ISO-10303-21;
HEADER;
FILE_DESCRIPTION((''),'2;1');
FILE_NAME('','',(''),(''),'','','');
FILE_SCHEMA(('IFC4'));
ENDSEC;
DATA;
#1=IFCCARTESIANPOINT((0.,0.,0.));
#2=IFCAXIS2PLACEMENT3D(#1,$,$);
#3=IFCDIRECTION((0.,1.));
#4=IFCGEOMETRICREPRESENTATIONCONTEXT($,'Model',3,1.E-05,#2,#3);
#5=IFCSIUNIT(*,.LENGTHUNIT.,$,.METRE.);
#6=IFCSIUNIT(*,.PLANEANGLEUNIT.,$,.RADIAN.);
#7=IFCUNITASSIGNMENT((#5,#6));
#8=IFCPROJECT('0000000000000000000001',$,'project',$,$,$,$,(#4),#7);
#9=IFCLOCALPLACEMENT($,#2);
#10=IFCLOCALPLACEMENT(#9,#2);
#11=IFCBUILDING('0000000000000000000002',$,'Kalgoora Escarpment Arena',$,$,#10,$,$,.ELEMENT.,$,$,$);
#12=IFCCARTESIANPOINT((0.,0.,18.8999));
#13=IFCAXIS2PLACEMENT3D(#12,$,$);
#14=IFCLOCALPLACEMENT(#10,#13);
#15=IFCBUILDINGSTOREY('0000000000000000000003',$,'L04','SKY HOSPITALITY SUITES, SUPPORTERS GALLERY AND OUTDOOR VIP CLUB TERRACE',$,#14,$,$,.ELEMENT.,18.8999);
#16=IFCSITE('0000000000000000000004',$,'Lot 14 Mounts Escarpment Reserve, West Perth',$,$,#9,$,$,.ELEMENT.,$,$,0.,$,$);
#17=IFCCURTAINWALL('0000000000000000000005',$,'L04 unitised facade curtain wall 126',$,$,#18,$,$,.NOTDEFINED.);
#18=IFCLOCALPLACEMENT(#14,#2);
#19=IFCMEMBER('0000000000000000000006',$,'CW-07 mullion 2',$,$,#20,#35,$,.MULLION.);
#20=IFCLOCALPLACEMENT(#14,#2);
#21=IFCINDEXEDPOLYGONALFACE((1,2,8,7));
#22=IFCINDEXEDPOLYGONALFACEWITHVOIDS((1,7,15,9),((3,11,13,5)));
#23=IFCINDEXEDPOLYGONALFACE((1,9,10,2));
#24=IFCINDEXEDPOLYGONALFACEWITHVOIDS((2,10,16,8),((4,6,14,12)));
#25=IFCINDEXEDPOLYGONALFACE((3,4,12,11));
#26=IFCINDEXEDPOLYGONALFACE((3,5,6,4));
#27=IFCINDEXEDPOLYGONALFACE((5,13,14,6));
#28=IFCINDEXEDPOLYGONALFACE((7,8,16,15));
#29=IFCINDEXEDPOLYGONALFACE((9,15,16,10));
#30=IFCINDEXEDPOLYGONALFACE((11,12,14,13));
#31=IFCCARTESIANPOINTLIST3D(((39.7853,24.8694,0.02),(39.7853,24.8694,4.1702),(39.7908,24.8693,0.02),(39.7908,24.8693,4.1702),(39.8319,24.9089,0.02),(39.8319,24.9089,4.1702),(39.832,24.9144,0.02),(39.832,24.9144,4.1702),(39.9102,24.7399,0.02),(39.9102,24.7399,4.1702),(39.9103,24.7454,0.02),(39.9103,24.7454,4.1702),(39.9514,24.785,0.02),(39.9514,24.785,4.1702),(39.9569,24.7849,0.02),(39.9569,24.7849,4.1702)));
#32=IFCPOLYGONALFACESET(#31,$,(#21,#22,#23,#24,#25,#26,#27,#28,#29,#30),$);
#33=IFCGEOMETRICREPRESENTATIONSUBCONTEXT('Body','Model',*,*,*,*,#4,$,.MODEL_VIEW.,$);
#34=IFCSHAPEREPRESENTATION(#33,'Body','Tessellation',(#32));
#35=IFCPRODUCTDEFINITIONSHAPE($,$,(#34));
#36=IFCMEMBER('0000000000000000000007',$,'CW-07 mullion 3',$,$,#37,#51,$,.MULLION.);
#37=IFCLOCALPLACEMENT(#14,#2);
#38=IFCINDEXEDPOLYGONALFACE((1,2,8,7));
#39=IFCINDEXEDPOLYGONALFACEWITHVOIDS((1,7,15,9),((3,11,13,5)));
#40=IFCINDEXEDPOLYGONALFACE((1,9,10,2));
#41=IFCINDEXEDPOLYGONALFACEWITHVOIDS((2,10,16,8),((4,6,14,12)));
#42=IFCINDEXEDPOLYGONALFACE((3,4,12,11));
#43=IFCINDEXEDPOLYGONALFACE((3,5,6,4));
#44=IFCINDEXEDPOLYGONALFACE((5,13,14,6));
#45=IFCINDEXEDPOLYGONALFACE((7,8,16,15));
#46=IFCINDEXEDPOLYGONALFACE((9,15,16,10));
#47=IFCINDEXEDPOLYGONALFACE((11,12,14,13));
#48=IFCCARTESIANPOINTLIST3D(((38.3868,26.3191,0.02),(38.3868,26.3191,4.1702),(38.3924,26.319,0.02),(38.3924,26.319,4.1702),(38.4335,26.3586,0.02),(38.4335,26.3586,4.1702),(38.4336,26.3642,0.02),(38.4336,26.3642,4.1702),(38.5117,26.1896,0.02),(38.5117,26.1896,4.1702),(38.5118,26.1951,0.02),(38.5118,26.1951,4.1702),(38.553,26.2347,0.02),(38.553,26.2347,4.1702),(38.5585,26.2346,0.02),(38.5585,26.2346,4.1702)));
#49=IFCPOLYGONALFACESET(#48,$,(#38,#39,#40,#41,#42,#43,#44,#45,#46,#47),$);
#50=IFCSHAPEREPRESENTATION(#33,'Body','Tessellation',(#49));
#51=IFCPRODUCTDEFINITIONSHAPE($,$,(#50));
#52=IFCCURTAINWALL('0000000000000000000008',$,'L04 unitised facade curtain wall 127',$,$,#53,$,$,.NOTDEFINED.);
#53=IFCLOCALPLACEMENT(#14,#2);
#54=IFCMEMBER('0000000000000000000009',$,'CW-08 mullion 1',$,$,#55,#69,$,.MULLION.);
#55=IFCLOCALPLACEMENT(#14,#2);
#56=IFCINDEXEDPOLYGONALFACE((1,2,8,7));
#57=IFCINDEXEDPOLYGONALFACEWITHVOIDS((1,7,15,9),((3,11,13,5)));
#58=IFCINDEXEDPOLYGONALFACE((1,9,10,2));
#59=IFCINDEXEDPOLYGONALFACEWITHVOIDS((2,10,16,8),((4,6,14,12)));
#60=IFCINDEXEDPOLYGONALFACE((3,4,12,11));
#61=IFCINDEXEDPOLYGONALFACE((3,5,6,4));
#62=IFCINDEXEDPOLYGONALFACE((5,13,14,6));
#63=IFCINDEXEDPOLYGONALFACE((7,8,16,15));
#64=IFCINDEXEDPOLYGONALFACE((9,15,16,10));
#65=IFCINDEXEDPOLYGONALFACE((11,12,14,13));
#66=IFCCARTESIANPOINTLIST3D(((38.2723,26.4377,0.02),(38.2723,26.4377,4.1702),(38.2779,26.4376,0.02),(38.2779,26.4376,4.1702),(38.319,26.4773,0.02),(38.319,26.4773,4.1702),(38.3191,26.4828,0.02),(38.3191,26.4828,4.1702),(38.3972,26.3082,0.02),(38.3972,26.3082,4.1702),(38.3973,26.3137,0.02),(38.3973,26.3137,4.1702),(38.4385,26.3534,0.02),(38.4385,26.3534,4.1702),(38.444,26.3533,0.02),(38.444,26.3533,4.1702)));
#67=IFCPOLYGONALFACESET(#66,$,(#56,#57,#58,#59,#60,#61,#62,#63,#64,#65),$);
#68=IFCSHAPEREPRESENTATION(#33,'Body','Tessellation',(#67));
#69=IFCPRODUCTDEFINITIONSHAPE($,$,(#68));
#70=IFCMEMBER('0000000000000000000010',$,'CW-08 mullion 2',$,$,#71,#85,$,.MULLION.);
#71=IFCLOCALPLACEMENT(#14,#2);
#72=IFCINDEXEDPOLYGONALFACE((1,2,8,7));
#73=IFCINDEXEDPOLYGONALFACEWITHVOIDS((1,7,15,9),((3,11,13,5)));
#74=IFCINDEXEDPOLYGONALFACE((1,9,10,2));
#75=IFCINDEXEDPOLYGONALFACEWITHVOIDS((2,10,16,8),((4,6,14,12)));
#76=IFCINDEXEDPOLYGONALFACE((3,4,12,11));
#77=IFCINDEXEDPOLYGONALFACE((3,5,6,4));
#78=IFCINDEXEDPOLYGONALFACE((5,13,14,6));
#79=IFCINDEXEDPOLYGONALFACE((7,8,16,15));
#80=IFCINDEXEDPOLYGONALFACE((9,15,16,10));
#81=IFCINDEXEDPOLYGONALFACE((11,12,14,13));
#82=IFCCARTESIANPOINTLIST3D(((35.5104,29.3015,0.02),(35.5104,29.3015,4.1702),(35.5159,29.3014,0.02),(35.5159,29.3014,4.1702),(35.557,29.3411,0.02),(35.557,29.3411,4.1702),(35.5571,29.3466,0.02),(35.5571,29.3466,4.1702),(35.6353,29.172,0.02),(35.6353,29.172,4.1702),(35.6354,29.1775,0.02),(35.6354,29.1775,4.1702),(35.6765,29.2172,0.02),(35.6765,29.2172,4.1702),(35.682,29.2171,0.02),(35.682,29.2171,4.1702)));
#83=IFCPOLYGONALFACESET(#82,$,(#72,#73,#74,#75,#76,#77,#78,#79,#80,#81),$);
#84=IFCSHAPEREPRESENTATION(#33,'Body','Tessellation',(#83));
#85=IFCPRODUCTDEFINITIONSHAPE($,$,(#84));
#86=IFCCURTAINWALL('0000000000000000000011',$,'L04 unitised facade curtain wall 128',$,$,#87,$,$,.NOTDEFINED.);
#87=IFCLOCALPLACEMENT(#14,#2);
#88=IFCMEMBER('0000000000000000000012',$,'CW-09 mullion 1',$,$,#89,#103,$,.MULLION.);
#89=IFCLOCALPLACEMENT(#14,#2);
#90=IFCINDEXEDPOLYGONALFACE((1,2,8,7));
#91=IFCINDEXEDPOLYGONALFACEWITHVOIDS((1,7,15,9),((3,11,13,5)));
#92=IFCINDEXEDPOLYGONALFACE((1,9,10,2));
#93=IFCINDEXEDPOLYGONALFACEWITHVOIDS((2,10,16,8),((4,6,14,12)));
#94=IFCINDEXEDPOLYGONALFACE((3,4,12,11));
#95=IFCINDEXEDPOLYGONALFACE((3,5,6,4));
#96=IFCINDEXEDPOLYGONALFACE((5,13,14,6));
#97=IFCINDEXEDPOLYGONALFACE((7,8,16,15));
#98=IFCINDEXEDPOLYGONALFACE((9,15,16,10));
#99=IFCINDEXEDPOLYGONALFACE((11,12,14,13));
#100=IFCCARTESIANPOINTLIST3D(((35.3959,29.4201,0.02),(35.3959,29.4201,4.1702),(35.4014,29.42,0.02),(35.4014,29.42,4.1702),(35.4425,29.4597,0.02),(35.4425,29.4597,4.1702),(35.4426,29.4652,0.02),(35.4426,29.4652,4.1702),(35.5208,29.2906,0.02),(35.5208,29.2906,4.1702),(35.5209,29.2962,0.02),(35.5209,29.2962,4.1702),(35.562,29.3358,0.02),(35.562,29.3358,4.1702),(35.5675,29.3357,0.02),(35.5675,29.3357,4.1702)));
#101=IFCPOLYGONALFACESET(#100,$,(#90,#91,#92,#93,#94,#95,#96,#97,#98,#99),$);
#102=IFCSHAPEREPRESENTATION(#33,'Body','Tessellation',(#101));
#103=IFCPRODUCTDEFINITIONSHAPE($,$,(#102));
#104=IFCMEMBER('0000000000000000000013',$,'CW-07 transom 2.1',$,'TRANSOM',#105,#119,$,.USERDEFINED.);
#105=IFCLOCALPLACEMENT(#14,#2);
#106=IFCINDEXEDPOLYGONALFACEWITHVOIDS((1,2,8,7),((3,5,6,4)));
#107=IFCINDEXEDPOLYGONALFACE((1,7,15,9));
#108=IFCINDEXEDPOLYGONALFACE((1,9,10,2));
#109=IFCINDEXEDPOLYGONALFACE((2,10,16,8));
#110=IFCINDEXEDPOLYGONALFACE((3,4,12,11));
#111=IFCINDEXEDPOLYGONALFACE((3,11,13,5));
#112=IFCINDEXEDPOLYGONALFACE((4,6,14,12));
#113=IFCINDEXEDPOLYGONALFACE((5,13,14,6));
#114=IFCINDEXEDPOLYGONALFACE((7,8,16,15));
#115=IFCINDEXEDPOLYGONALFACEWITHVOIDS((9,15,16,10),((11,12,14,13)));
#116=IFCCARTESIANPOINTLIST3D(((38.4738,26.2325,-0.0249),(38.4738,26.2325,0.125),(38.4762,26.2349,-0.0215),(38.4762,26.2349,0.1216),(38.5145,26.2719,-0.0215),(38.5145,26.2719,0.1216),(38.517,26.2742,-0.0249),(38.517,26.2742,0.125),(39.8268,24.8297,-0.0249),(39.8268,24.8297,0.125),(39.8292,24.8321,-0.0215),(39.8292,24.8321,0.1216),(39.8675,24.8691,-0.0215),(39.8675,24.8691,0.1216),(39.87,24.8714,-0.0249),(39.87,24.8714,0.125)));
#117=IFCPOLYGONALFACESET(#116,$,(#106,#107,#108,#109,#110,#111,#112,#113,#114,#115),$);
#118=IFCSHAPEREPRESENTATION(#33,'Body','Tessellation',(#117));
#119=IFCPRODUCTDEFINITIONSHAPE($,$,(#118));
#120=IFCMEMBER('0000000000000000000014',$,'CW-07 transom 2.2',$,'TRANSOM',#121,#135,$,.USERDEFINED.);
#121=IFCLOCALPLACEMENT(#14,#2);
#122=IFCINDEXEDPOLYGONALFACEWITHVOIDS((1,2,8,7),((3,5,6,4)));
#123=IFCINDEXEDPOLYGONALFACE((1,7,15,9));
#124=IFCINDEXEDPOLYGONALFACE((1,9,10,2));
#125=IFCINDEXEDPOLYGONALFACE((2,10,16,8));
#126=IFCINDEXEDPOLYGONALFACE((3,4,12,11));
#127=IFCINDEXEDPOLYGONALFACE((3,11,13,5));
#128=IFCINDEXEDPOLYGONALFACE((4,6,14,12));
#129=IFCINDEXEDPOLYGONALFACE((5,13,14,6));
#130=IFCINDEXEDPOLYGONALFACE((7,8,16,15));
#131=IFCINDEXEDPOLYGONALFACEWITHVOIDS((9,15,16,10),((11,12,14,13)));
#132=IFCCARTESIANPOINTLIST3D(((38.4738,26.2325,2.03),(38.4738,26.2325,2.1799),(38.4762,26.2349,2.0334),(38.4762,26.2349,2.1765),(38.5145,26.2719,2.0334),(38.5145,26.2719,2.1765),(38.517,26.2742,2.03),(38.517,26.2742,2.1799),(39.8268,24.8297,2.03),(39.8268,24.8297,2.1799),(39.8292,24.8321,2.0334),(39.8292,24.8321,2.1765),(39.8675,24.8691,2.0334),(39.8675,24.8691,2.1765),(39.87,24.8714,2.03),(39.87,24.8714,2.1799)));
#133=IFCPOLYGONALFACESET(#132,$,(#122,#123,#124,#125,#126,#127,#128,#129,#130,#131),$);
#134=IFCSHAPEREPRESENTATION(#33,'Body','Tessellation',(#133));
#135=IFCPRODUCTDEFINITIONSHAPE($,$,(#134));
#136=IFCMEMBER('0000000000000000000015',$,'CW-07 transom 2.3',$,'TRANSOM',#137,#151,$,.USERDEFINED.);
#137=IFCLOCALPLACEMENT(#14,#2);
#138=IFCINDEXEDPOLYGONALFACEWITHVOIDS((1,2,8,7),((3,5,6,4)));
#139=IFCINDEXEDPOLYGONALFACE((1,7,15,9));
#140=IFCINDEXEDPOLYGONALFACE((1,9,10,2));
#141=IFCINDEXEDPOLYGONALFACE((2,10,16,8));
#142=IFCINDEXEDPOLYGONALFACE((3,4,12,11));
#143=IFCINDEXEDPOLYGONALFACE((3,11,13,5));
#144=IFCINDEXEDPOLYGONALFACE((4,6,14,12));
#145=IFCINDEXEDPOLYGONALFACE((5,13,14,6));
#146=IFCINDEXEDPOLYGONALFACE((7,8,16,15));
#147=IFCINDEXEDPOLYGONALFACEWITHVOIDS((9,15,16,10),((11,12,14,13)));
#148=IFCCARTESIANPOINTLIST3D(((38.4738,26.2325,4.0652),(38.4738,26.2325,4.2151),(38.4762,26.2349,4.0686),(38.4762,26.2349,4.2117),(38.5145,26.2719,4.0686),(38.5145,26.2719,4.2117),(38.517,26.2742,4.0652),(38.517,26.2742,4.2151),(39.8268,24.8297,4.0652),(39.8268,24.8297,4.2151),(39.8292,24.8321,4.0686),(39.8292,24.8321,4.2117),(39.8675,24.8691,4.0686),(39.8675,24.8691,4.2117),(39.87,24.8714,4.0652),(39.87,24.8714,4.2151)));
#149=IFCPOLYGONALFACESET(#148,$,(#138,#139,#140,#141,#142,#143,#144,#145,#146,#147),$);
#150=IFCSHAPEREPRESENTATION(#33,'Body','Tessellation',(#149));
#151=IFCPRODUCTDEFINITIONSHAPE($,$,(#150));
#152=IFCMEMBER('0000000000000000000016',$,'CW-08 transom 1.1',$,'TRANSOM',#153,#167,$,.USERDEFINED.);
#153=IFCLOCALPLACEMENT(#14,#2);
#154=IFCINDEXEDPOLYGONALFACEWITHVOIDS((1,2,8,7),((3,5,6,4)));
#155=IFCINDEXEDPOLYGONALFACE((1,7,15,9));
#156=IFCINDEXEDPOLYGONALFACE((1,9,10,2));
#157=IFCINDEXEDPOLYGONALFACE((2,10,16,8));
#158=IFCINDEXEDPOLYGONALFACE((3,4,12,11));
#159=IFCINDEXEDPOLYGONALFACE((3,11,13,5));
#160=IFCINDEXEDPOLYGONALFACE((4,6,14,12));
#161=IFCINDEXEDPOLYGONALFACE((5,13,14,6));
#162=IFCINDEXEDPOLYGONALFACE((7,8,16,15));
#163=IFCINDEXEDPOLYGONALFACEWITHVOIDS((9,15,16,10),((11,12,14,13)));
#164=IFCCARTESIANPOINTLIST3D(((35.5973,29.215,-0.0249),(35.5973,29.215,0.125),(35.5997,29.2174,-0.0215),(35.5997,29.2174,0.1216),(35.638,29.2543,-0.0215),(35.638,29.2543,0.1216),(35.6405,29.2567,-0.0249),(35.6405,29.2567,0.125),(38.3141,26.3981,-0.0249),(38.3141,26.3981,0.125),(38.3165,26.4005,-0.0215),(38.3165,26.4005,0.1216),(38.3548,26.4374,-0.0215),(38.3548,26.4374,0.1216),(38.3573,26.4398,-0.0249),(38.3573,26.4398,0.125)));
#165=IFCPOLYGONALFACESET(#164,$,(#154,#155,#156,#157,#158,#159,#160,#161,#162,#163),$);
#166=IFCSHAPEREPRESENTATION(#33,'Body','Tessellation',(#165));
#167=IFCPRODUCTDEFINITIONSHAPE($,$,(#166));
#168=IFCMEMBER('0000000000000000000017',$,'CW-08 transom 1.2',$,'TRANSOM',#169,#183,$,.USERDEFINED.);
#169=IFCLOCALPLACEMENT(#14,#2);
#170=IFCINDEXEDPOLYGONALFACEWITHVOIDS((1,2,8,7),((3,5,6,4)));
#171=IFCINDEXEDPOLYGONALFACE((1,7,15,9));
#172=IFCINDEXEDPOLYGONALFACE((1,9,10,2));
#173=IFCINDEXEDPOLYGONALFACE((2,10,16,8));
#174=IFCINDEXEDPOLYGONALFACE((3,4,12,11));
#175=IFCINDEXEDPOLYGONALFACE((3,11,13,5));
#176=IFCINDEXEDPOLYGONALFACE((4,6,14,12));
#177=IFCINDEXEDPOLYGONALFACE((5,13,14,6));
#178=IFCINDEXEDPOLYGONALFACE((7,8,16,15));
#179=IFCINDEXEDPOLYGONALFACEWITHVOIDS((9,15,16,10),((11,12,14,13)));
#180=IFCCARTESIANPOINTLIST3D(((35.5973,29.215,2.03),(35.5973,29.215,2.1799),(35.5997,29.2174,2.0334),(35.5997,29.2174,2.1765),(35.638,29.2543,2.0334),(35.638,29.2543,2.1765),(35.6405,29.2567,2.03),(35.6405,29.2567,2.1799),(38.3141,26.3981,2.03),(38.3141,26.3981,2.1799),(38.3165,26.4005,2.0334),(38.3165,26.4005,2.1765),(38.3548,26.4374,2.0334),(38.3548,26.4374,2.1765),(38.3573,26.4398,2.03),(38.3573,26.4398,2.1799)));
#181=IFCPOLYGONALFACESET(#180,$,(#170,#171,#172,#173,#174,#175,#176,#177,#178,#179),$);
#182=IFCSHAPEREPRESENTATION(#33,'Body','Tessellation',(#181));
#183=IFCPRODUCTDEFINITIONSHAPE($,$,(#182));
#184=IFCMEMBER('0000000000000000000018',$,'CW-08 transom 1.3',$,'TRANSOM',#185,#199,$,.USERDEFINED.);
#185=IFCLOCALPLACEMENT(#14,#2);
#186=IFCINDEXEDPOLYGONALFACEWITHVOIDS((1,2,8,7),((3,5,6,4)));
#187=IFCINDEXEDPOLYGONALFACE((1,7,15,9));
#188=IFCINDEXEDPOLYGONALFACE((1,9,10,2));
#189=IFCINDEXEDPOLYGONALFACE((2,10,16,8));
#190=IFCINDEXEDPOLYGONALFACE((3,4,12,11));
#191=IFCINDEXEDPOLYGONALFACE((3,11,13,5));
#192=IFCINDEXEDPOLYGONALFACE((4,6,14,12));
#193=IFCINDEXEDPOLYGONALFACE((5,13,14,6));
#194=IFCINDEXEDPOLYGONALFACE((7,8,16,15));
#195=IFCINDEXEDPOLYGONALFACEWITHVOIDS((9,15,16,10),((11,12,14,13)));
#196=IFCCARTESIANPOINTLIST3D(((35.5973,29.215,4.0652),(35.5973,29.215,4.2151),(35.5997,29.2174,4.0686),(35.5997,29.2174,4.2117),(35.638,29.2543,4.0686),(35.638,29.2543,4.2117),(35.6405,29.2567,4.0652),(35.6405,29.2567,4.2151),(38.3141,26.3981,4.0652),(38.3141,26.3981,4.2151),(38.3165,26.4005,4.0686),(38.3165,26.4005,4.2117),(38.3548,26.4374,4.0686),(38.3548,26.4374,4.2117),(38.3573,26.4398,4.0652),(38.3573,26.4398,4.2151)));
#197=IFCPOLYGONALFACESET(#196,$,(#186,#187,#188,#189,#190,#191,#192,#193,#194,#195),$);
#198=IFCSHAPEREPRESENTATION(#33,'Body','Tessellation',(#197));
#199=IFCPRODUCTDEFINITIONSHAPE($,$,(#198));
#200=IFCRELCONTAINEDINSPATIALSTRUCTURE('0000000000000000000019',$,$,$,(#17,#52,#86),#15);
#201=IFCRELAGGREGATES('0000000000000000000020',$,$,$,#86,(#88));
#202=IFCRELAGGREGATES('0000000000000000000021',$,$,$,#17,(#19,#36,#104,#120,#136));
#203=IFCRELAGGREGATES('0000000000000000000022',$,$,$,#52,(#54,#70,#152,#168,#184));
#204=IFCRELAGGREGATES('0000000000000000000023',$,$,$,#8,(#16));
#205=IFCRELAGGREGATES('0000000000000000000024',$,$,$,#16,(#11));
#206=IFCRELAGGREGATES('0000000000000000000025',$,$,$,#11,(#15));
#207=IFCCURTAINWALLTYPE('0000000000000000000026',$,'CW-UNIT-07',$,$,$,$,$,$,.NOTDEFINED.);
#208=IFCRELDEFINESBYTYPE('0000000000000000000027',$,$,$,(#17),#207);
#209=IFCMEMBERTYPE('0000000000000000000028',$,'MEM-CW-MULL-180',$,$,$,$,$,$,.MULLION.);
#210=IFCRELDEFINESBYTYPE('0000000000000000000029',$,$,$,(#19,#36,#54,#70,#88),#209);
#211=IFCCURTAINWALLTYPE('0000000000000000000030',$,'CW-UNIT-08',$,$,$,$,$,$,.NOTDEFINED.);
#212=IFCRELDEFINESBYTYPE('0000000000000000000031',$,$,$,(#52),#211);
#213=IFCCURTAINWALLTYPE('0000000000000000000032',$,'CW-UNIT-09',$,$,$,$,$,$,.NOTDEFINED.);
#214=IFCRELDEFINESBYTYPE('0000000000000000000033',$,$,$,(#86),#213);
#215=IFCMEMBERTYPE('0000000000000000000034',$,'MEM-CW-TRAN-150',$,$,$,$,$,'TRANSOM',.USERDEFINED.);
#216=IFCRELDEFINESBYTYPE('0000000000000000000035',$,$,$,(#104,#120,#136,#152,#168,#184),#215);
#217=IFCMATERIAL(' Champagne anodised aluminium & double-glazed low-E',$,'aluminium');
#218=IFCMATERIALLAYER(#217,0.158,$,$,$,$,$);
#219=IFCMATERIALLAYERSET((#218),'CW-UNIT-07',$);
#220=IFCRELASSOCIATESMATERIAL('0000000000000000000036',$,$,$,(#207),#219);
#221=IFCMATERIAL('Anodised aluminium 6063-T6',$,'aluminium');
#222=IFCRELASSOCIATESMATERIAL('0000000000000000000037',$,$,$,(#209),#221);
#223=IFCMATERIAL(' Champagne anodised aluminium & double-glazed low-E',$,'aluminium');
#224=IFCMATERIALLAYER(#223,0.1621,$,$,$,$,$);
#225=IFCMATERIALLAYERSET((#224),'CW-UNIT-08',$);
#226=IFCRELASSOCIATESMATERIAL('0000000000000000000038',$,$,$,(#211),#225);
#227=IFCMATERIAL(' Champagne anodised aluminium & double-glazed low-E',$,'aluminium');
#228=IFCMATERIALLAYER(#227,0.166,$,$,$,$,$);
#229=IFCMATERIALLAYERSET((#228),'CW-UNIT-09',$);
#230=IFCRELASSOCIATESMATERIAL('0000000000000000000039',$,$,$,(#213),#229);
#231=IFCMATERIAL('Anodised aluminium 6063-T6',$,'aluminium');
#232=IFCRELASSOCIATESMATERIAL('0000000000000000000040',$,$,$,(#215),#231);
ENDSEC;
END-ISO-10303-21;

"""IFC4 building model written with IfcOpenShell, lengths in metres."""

from ifc_helpers import new_model, si_unit, direction, frame, origin, origin_2d, place, context, subcontext, project, spatial, hollow_rectangle, extrude, material, layer, layer_set, material_profile, profile_set, type_object, element, aggregate, save


model = new_model("IFC4")

# Units and contexts
model_context = context("Model", 3, precision=1e-05, world=origin(), true_north=direction((0.0, 1.0)))
body_context = subcontext(model_context, "Body", "Model", "MODEL_VIEW")
ifc_project = project(units=[si_unit("LENGTHUNIT", "METRE"), si_unit("PLANEANGLEUNIT", "RADIAN")], contexts=[model_context])

# Site, building, storey
site_placement = place(None, origin())
site = spatial("IfcSite", under=ifc_project, at=site_placement, Name="Lot 14 Mounts Escarpment Reserve, West Perth", CompositionType="ELEMENT", RefElevation=0.0)
building_placement = place(site_placement, origin())
building = spatial("IfcBuilding", under=site, at=building_placement, Name="Kalgoora Escarpment Arena", CompositionType="ELEMENT")
storey_placement = place(building_placement, frame((0.0, 0.0, 18.8999)))
storey = spatial("IfcBuildingStorey", under=building, at=storey_placement, Name="L04", Description="SKY HOSPITALITY SUITES, SUPPORTERS GALLERY AND OUTDOOR VIP CLUB TERRACE", CompositionType="ELEMENT", Elevation=18.8999)

# Curtain walls, members
ifc_material_1 = material(Name=" Champagne anodised aluminium & double-glazed low-E", Category="aluminium")
ifc_layer_1 = layer(ifc_material_1, 0.158)
ifc_layer_set_1 = layer_set([ifc_layer_1], Name="CW-UNIT-07")
curtain_wall_type_1 = type_object("IfcCurtainWallType", Name="CW-UNIT-07", PredefinedType="NOTDEFINED", material=ifc_layer_set_1)
curtain_wall_1_placement = place(storey_placement, origin())
curtain_wall_1 = element("IfcCurtainWall", 1, at=curtain_wall_1_placement, inside=storey, type_object=curtain_wall_type_1, Name="L04 unitised facade curtain wall 126", PredefinedType="NOTDEFINED")
ifc_material_2 = material(Name="Anodised aluminium 6063-T6", Category="aluminium")
ifc_material_profile_1 = material_profile(ifc_material_2, hollow_rectangle(XDim=0.0649, YDim=0.1799, WallThickness=0.0039, at=origin_2d()))
ifc_profile_set_1 = profile_set([ifc_material_profile_1], Name="Anodised aluminium 6063-T6")
member_type_1 = type_object("IfcMemberType", Name="MEM-CW-MULL-180", PredefinedType="MULLION", material=ifc_profile_set_1)
member_1_placement = place(storey_placement, frame((39.8711, 24.8271, 0.02), z_axis=(0.0, 0.0, 1.0), x_axis=(-0.71978, -0.694202, 0.0)))
member_1 = element("IfcMember", 2, at=member_1_placement, type_object=member_type_1, Name="CW-07 mullion 2", PredefinedType="MULLION", context=body_context, shape_type="SweptSolid", body=[
    extrude(hollow_rectangle(XDim=0.0649, YDim=0.1799, WallThickness=0.0039, at=origin_2d()), origin(), (0.0, 0.0, 1.0), 4.1501),
])
member_2_placement = place(storey_placement, frame((38.4727, 26.2769, 0.02), z_axis=(0.0, 0.0, 1.0), x_axis=(-0.71978, -0.694202, 0.0)))
member_2 = element("IfcMember", 3, at=member_2_placement, type_object=member_type_1, Name="CW-07 mullion 3", PredefinedType="MULLION", context=body_context, shape_type="SweptSolid", body=[
    extrude(hollow_rectangle(XDim=0.0649, YDim=0.1799, WallThickness=0.0039, at=origin_2d()), origin(), (0.0, 0.0, 1.0), 4.1501),
])
ifc_material_3 = material(Name=" Champagne anodised aluminium & double-glazed low-E", Category="aluminium")
ifc_layer_2 = layer(ifc_material_3, 0.1621)
ifc_layer_set_2 = layer_set([ifc_layer_2], Name="CW-UNIT-08")
curtain_wall_type_2 = type_object("IfcCurtainWallType", Name="CW-UNIT-08", PredefinedType="NOTDEFINED", material=ifc_layer_set_2)
curtain_wall_2_placement = place(storey_placement, origin())
curtain_wall_2 = element("IfcCurtainWall", 4, at=curtain_wall_2_placement, inside=storey, type_object=curtain_wall_type_2, Name="L04 unitised facade curtain wall 127", PredefinedType="NOTDEFINED")
member_3_placement = place(storey_placement, frame((38.3582, 26.3955, 0.02), z_axis=(0.0, 0.0, 1.0), x_axis=(-0.719777, -0.694205, 0.0)))
member_3 = element("IfcMember", 5, at=member_3_placement, type_object=member_type_1, Name="CW-08 mullion 1", PredefinedType="MULLION", context=body_context, shape_type="SweptSolid", body=[
    extrude(hollow_rectangle(XDim=0.0649, YDim=0.1799, WallThickness=0.0039, at=origin_2d()), origin(), (0.0, 0.0, 1.0), 4.1501),
])
member_4_placement = place(storey_placement, frame((35.5962, 29.2593, 0.02), z_axis=(0.0, 0.0, 1.0), x_axis=(-0.719777, -0.694205, 0.0)))
member_4 = element("IfcMember", 6, at=member_4_placement, type_object=member_type_1, Name="CW-08 mullion 2", PredefinedType="MULLION", context=body_context, shape_type="SweptSolid", body=[
    extrude(hollow_rectangle(XDim=0.0649, YDim=0.1799, WallThickness=0.0039, at=origin_2d()), origin(), (0.0, 0.0, 1.0), 4.1501),
])

# Curtain wall, member
ifc_material_4 = material(Name=" Champagne anodised aluminium & double-glazed low-E", Category="aluminium")
ifc_layer_3 = layer(ifc_material_4, 0.166)
ifc_layer_set_3 = layer_set([ifc_layer_3], Name="CW-UNIT-09")
curtain_wall_type_3 = type_object("IfcCurtainWallType", Name="CW-UNIT-09", PredefinedType="NOTDEFINED", material=ifc_layer_set_3)
curtain_wall_3_placement = place(storey_placement, origin())
curtain_wall_3 = element("IfcCurtainWall", 7, at=curtain_wall_3_placement, inside=storey, type_object=curtain_wall_type_3, Name="L04 unitised facade curtain wall 128", PredefinedType="NOTDEFINED")
member_5_placement = place(storey_placement, frame((35.4817, 29.3779, 0.02), z_axis=(0.0, 0.0, 1.0), x_axis=(-0.719777, -0.694205, 0.0)))
member_5 = element("IfcMember", 8, at=member_5_placement, type_object=member_type_1, Name="CW-09 mullion 1", PredefinedType="MULLION", context=body_context, shape_type="SweptSolid", body=[
    extrude(hollow_rectangle(XDim=0.0649, YDim=0.1799, WallThickness=0.0039, at=origin_2d()), origin(), (0.0, 0.0, 1.0), 4.1501),
])

# Members
ifc_material_5 = material(Name="Anodised aluminium 6063-T6", Category="aluminium")
ifc_material_profile_2 = material_profile(ifc_material_5, hollow_rectangle(XDim=0.0601, YDim=0.1499, WallThickness=0.0034, at=origin_2d()))
ifc_profile_set_2 = profile_set([ifc_material_profile_2], Name="Anodised aluminium 6063-T6")
member_type_2 = type_object("IfcMemberType", Name="MEM-CW-TRAN-150", ElementType="TRANSOM", PredefinedType="USERDEFINED", material=ifc_profile_set_2)
member_6_placement = place(storey_placement, frame((39.8484, 24.8506, 0.05), z_axis=(-0.694214, 0.719768, 0.0), x_axis=(-0.719768, -0.694214, 0.0)))
member_6 = element("IfcMember", 9, at=member_6_placement, type_object=member_type_2, Name="CW-07 transom 2.1", ObjectType="TRANSOM", PredefinedType="USERDEFINED", context=body_context, shape_type="SweptSolid", body=[
    extrude(hollow_rectangle(XDim=0.0601, YDim=0.1499, WallThickness=0.0034, at=origin_2d()), origin(), (0.0, 0.0, 1.0), 1.949),
])
member_7_placement = place(storey_placement, frame((39.8484, 24.8506, 2.105), z_axis=(-0.694214, 0.719768, 0.0), x_axis=(-0.719768, -0.694214, 0.0)))
member_7 = element("IfcMember", 10, at=member_7_placement, type_object=member_type_2, Name="CW-07 transom 2.2", ObjectType="TRANSOM", PredefinedType="USERDEFINED", context=body_context, shape_type="SweptSolid", body=[
    extrude(hollow_rectangle(XDim=0.0601, YDim=0.1499, WallThickness=0.0034, at=origin_2d()), origin(), (0.0, 0.0, 1.0), 1.949),
])
member_8_placement = place(storey_placement, frame((39.8484, 24.8506, 4.1401), z_axis=(-0.694214, 0.719768, 0.0), x_axis=(-0.719768, -0.694214, 0.0)))
member_8 = element("IfcMember", 11, at=member_8_placement, type_object=member_type_2, Name="CW-07 transom 2.3", ObjectType="TRANSOM", PredefinedType="USERDEFINED", context=body_context, shape_type="SweptSolid", body=[
    extrude(hollow_rectangle(XDim=0.0601, YDim=0.1499, WallThickness=0.0034, at=origin_2d()), origin(), (0.0, 0.0, 1.0), 1.949),
])
member_9_placement = place(storey_placement, frame((38.3357, 26.4189, 0.05), z_axis=(-0.694203, 0.71978, 0.0), x_axis=(-0.71978, -0.694203, 0.0)))
member_9 = element("IfcMember", 12, at=member_9_placement, type_object=member_type_2, Name="CW-08 transom 1.1", ObjectType="TRANSOM", PredefinedType="USERDEFINED", context=body_context, shape_type="SweptSolid", body=[
    extrude(hollow_rectangle(XDim=0.0601, YDim=0.1499, WallThickness=0.0034, at=origin_2d()), origin(), (0.0, 0.0, 1.0), 3.9136),
])
member_10_placement = place(storey_placement, frame((38.3357, 26.4189, 2.105), z_axis=(-0.694203, 0.71978, 0.0), x_axis=(-0.71978, -0.694203, 0.0)))
member_10 = element("IfcMember", 13, at=member_10_placement, type_object=member_type_2, Name="CW-08 transom 1.2", ObjectType="TRANSOM", PredefinedType="USERDEFINED", context=body_context, shape_type="SweptSolid", body=[
    extrude(hollow_rectangle(XDim=0.0601, YDim=0.1499, WallThickness=0.0034, at=origin_2d()), origin(), (0.0, 0.0, 1.0), 3.9136),
])
member_11_placement = place(storey_placement, frame((38.3357, 26.4189, 4.1401), z_axis=(-0.694203, 0.71978, 0.0), x_axis=(-0.71978, -0.694203, 0.0)))
member_11 = element("IfcMember", 14, at=member_11_placement, type_object=member_type_2, Name="CW-08 transom 1.3", ObjectType="TRANSOM", PredefinedType="USERDEFINED", context=body_context, shape_type="SweptSolid", body=[
    extrude(hollow_rectangle(XDim=0.0601, YDim=0.1499, WallThickness=0.0034, at=origin_2d()), origin(), (0.0, 0.0, 1.0), 3.9136),
])
aggregate(curtain_wall_3, [member_5])

aggregate(curtain_wall_1, [member_1, member_2, member_6, member_7, member_8])
aggregate(curtain_wall_2, [member_3, member_4, member_9, member_10, member_11])

save(model, "model.ifc")
